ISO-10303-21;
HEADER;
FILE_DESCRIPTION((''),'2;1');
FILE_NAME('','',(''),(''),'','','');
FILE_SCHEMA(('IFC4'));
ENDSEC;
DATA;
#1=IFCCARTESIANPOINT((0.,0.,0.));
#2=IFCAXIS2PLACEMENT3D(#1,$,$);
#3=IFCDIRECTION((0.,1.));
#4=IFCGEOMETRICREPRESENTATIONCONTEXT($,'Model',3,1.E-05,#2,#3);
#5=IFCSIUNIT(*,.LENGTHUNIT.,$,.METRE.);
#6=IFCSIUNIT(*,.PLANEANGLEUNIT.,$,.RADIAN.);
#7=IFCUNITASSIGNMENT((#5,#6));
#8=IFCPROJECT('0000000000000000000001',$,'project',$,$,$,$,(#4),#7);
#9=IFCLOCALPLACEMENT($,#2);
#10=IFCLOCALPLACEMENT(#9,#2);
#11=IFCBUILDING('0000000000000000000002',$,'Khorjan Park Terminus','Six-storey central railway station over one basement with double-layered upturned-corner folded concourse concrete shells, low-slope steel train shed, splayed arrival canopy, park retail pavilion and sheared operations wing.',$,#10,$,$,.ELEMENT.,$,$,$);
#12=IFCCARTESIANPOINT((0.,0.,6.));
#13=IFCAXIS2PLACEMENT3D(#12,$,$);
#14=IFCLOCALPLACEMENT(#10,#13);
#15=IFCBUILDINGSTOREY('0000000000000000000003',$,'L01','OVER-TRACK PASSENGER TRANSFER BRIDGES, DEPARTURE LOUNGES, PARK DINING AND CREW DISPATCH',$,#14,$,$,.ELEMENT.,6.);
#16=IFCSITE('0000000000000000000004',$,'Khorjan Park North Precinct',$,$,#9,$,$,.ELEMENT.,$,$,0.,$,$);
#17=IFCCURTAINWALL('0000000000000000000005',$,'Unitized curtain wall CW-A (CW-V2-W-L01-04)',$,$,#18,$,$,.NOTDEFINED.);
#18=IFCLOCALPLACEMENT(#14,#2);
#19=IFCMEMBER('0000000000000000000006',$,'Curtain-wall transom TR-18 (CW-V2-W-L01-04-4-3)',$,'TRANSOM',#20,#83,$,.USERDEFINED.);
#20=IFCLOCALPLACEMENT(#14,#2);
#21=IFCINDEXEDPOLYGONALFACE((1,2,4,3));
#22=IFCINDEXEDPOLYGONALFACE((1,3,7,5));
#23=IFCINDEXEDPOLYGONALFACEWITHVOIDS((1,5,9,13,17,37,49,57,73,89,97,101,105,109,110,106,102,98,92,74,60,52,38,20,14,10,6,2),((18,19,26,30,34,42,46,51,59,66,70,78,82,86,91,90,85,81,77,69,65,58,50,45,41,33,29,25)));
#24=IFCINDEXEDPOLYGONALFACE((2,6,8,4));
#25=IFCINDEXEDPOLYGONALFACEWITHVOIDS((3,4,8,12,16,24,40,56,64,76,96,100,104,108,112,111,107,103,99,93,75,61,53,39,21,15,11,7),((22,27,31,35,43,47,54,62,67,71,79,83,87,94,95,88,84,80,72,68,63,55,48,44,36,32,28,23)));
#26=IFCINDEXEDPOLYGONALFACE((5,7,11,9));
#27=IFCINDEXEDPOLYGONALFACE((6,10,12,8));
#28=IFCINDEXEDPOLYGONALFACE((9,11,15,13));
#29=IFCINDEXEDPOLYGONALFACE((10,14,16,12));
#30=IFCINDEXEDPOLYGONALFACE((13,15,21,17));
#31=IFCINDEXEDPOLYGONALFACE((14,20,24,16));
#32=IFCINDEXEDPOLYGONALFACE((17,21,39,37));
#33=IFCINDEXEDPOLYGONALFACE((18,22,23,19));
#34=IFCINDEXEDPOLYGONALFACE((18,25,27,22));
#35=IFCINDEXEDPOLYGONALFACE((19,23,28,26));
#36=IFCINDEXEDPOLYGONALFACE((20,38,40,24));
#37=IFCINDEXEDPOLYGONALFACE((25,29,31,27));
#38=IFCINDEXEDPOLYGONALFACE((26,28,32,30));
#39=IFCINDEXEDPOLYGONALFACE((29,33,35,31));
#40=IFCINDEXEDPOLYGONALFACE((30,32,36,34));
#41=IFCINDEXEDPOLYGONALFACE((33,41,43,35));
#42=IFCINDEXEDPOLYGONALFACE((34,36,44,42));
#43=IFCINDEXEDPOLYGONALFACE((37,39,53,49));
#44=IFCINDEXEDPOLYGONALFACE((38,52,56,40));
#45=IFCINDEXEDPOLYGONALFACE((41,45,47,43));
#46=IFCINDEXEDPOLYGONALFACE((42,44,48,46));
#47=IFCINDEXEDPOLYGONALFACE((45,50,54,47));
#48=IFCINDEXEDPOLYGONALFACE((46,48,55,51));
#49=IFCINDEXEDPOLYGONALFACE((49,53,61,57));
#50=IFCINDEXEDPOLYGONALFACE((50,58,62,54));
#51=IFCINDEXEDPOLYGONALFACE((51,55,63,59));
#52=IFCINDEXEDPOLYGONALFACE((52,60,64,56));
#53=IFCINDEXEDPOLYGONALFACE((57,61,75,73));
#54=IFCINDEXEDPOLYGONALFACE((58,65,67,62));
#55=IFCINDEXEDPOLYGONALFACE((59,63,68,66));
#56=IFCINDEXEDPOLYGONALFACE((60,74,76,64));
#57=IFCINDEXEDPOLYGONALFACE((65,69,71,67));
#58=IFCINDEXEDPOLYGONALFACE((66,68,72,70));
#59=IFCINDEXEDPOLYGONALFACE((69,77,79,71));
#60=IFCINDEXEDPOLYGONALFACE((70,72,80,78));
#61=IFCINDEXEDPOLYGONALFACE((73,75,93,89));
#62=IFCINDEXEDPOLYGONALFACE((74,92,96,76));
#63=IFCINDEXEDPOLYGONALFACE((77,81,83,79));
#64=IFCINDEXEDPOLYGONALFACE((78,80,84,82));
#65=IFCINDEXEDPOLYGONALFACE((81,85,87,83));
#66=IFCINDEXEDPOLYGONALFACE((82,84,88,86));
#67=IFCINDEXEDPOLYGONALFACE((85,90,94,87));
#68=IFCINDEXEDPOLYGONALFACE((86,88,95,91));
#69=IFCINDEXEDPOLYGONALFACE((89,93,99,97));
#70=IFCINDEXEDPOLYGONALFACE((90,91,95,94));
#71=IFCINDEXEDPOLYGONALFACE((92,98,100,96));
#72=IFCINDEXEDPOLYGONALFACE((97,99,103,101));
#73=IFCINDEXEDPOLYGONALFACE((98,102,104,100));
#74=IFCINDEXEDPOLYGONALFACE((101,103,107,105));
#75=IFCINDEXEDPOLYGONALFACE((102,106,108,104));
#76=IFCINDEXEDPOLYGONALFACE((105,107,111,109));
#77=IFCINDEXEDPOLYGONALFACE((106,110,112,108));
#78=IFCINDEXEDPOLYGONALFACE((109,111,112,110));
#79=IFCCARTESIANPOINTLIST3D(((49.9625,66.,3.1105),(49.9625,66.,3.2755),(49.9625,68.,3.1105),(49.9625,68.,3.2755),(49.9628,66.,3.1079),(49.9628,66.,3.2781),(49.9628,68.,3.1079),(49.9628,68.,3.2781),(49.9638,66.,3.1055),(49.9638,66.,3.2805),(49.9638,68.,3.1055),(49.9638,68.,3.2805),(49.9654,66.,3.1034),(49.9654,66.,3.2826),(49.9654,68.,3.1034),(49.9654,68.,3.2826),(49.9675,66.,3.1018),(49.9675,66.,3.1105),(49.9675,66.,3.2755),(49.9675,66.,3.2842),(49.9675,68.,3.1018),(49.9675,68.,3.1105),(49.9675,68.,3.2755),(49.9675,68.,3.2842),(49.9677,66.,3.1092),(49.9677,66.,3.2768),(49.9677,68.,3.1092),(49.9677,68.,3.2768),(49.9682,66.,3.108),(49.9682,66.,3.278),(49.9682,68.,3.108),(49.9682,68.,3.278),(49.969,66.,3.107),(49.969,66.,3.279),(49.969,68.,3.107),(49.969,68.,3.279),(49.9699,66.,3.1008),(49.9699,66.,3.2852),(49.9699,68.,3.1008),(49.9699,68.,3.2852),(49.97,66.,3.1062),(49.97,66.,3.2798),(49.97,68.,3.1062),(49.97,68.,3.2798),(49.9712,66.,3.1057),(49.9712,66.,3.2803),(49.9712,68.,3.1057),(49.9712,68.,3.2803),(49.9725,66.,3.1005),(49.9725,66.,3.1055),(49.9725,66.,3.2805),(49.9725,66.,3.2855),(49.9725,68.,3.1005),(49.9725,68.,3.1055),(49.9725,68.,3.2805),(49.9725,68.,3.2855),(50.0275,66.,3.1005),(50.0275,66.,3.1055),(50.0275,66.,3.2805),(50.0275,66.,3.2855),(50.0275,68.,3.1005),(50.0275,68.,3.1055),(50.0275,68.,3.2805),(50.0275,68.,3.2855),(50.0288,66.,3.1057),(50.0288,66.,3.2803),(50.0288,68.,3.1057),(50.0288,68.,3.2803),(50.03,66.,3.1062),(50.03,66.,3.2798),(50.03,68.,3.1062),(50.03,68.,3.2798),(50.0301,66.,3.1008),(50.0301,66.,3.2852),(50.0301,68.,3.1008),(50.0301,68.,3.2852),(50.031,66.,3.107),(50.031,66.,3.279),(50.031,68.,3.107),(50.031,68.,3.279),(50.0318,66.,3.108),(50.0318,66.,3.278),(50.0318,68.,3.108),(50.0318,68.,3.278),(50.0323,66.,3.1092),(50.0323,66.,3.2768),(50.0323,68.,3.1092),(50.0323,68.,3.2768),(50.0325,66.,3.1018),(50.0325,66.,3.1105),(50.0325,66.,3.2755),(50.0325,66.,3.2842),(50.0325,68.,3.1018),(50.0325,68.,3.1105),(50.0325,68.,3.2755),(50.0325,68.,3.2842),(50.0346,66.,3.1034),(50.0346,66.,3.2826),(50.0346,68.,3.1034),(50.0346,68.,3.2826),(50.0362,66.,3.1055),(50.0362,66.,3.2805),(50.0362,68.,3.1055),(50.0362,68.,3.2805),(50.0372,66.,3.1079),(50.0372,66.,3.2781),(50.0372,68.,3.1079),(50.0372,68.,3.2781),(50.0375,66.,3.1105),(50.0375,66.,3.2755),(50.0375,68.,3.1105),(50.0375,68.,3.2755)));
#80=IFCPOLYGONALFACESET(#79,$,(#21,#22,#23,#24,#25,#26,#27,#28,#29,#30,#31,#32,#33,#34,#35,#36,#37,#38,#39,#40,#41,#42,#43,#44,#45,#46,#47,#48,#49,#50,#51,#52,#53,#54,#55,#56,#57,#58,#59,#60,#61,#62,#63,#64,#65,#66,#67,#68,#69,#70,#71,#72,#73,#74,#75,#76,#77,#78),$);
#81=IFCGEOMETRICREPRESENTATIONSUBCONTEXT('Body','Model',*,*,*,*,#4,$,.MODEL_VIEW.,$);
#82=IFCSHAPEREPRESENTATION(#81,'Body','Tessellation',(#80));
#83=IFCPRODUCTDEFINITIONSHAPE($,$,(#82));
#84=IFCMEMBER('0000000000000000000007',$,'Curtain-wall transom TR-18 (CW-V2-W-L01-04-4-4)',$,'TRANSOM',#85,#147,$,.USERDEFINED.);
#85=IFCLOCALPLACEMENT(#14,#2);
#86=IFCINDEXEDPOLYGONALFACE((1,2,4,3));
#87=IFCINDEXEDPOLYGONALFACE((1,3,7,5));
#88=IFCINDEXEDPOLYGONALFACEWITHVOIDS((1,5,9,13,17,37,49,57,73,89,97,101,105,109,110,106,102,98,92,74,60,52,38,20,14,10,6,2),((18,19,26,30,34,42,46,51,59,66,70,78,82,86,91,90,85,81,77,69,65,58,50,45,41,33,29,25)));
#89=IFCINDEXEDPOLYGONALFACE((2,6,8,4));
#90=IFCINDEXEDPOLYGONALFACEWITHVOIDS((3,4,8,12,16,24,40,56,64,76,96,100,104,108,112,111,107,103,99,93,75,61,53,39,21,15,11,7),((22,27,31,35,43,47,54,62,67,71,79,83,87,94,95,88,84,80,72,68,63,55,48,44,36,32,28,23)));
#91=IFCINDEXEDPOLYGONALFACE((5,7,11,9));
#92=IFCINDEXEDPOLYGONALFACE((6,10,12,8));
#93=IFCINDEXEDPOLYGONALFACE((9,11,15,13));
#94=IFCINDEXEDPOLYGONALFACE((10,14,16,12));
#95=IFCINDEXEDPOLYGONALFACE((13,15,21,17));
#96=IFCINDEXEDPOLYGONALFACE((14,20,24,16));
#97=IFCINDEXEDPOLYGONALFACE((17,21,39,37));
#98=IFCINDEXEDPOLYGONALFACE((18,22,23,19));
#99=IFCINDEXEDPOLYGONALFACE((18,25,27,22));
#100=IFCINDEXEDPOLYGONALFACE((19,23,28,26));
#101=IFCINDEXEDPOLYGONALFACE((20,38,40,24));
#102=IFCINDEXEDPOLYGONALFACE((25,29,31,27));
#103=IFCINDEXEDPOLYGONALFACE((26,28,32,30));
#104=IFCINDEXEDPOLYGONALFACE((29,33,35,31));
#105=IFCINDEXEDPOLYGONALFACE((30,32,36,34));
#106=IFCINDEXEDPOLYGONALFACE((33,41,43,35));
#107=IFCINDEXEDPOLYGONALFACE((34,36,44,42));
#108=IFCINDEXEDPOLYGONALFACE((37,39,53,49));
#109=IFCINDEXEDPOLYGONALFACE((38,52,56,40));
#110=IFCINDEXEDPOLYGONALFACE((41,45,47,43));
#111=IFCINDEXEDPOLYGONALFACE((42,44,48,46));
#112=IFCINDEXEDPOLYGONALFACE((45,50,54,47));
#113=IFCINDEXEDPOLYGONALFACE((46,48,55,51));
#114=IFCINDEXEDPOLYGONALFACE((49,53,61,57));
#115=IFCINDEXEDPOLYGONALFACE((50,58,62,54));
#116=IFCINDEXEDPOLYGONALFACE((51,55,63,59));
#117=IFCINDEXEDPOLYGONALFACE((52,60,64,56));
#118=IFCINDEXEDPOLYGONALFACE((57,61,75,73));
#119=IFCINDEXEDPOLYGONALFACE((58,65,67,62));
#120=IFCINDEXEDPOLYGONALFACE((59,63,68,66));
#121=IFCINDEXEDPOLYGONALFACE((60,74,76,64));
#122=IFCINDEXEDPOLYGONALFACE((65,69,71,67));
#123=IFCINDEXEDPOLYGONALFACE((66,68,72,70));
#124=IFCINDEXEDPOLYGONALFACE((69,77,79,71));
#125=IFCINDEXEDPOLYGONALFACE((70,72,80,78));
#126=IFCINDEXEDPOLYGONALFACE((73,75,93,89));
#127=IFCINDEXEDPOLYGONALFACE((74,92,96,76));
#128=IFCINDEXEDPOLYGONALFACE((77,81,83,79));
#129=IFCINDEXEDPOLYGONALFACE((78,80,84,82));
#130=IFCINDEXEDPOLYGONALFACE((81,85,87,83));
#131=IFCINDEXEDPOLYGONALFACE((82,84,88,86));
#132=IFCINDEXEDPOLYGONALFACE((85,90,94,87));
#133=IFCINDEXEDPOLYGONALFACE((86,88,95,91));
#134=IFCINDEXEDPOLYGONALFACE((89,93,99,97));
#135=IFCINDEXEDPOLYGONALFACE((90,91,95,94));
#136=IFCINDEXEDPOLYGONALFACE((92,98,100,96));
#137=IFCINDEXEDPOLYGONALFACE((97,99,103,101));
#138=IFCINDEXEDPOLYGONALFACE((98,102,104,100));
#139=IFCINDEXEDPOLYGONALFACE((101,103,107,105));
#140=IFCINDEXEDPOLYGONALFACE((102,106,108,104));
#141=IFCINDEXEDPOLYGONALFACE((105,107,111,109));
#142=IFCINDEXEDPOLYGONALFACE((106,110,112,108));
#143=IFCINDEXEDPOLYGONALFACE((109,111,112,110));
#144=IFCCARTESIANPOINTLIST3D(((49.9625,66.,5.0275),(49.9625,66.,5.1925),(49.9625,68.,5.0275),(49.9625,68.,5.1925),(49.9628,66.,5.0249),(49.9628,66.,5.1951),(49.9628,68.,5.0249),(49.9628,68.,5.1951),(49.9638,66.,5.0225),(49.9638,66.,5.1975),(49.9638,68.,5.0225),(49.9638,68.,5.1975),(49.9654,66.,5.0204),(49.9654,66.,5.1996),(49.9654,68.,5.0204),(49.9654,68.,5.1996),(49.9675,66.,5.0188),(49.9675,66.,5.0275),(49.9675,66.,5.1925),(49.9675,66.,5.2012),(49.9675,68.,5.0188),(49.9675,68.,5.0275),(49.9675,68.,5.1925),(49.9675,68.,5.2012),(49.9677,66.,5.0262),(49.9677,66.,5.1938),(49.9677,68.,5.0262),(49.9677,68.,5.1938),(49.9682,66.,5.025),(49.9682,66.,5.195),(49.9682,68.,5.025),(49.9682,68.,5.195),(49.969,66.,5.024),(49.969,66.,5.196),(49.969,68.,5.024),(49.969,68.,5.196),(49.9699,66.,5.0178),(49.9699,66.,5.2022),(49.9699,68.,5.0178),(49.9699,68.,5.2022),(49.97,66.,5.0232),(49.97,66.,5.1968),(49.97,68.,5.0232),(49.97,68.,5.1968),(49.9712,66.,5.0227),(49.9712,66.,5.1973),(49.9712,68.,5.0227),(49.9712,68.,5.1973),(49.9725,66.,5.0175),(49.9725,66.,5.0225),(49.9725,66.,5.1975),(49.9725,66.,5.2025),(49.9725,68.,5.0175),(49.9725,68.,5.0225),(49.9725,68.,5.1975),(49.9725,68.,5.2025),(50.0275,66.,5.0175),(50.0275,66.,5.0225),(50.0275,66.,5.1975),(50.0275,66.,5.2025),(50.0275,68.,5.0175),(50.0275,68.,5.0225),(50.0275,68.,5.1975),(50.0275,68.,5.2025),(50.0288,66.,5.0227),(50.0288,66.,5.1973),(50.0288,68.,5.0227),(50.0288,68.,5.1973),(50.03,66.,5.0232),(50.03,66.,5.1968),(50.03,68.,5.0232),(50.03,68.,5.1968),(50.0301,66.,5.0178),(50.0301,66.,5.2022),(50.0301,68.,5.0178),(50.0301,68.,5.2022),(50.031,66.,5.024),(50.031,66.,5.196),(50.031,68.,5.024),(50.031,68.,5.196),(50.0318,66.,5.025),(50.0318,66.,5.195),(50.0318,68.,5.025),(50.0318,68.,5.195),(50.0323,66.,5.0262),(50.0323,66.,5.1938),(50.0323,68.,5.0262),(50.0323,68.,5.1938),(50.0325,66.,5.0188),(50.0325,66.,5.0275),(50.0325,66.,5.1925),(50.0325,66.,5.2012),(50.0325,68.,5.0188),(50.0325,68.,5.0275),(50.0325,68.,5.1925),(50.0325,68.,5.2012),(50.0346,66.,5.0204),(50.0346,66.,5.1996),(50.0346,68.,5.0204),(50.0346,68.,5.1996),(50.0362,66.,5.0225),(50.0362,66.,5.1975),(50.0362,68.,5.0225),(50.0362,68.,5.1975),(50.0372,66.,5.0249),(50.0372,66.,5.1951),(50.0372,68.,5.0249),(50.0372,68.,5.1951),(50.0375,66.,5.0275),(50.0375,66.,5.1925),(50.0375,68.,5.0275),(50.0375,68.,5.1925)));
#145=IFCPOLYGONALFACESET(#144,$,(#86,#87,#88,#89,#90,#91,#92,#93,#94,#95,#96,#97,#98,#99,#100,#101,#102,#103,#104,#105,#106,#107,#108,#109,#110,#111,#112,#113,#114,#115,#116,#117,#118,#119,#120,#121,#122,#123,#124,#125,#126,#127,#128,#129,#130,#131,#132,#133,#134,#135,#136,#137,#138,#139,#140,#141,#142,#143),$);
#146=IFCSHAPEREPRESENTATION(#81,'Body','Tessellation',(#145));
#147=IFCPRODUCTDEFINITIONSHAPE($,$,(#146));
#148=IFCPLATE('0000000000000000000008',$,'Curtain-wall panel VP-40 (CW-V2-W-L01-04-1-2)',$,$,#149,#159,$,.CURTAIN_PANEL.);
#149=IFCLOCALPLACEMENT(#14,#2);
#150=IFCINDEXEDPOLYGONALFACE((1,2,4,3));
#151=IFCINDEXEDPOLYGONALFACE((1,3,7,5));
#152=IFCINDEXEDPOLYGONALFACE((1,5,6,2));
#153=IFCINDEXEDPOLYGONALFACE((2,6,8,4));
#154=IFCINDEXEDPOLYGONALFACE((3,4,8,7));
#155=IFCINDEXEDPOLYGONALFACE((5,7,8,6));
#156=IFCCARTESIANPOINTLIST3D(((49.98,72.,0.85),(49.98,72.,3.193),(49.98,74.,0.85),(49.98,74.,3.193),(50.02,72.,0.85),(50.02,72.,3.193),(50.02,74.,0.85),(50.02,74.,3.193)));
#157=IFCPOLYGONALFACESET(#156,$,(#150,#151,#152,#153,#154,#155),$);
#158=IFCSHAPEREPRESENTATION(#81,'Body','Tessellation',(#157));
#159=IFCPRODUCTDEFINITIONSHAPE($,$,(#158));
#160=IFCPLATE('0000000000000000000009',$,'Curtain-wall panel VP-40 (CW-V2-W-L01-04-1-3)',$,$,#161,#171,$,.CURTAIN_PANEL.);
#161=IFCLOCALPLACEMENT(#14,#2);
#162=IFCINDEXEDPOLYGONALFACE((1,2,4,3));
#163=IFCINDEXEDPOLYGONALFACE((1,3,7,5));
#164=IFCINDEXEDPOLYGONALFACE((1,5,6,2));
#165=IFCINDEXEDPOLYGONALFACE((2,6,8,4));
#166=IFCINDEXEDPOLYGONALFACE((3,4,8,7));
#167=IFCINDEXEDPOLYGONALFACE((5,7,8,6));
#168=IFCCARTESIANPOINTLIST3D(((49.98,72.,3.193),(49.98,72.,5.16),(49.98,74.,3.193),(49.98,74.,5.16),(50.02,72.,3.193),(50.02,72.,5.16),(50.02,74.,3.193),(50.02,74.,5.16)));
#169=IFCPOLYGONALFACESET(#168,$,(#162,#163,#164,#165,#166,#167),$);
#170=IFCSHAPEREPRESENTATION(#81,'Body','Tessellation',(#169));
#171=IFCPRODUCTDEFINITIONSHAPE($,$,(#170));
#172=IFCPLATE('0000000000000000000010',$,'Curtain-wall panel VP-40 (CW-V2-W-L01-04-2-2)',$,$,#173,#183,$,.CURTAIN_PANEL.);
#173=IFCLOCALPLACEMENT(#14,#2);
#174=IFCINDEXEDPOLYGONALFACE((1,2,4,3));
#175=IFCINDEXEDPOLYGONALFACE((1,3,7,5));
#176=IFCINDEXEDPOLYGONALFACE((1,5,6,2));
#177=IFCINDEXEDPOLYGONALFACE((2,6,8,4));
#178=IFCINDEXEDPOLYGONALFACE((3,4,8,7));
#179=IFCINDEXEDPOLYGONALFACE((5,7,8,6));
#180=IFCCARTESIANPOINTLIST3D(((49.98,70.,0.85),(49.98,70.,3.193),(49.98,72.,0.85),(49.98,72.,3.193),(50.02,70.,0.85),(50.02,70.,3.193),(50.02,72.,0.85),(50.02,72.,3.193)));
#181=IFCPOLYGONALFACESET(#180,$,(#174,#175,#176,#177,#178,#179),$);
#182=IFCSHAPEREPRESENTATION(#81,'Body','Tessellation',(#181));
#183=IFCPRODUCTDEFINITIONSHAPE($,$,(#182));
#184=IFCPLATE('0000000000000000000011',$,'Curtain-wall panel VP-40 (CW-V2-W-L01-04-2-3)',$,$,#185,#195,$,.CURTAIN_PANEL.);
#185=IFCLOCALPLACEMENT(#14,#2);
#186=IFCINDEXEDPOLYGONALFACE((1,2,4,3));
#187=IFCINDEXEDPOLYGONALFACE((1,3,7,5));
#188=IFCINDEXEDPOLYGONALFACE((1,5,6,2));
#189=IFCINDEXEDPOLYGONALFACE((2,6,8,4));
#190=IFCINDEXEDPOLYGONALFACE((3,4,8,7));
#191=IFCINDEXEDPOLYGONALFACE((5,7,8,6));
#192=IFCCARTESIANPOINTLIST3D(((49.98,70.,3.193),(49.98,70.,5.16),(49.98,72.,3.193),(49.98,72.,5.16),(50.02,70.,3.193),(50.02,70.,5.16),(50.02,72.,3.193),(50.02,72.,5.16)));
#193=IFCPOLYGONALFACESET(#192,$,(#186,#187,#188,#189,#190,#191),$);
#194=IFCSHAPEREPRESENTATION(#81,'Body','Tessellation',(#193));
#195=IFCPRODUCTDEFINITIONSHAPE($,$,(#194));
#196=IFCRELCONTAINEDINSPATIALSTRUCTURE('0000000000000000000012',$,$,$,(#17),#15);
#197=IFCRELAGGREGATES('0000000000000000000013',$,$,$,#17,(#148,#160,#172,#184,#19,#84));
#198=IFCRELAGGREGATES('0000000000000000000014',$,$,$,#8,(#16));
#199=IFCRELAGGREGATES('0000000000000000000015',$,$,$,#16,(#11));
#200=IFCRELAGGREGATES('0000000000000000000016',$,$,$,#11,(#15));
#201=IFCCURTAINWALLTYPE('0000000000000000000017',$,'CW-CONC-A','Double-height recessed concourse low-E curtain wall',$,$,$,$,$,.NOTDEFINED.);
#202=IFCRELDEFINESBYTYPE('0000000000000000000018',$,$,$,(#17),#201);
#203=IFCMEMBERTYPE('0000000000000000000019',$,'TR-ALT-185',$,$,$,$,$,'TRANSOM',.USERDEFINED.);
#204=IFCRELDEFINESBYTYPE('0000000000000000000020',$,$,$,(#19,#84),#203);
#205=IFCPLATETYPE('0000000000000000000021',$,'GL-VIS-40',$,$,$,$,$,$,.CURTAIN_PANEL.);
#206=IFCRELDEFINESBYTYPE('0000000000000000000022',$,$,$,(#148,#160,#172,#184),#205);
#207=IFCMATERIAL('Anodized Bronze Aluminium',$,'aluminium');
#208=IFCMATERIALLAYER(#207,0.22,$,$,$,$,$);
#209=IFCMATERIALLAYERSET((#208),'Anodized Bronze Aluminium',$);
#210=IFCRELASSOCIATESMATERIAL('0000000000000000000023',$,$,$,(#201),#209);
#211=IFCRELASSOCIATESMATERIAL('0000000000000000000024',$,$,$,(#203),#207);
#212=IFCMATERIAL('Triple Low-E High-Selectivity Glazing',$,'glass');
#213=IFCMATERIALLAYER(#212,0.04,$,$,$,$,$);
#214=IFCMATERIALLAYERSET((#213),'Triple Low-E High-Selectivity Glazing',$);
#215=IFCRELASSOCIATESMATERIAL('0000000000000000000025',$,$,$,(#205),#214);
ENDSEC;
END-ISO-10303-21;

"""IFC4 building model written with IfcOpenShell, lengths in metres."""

from ifc_helpers import new_model, si_unit, direction, frame, origin, origin_2d, place, context, subcontext, project, spatial, rectangle, hollow_rectangle, extrude, material, layer, layer_set, material_profile, profile_set, type_object, element, aggregate, save


model = new_model("IFC4")

# Units and contexts
model_context = context("Model", 3, precision=1e-05, world=origin(), true_north=direction((0.0, 1.0)))
body_context = subcontext(model_context, "Body", "Model", "MODEL_VIEW")
ifc_project = project(units=[si_unit("LENGTHUNIT", "METRE"), si_unit("PLANEANGLEUNIT", "RADIAN")], contexts=[model_context])

# Site, building, storey
site_placement = place(None, origin())
site = spatial("IfcSite", under=ifc_project, at=site_placement, Name="Khorjan Park North Precinct", CompositionType="ELEMENT", RefElevation=0.0)
building_placement = place(site_placement, origin())
building = spatial("IfcBuilding", under=site, at=building_placement, Name="Khorjan Park Terminus", Description="Six-storey central railway station over one basement with double-layered upturned-corner folded concourse concrete shells, low-slope steel train shed, splayed arrival canopy, park retail pavilion and sheared operations wing.", CompositionType="ELEMENT")
storey_placement = place(building_placement, frame((0.0, 0.0, 6.0)))
storey = spatial("IfcBuildingStorey", under=building, at=storey_placement, Name="L01", Description="OVER-TRACK PASSENGER TRANSFER BRIDGES, DEPARTURE LOUNGES, PARK DINING AND CREW DISPATCH", CompositionType="ELEMENT", Elevation=6.0)

# Curtain wall, members, plates
ifc_material_1 = material(Name="Anodized Bronze Aluminium", Category="aluminium")
ifc_layer_1 = layer(ifc_material_1, 0.22)
ifc_layer_set_1 = layer_set([ifc_layer_1], Name="Anodized Bronze Aluminium")
curtain_wall_type = type_object("IfcCurtainWallType", Name="CW-CONC-A", Description="Double-height recessed concourse low-E curtain wall", PredefinedType="NOTDEFINED", material=ifc_layer_set_1)
curtain_wall_placement = place(storey_placement, origin())
curtain_wall = element("IfcCurtainWall", 1, at=curtain_wall_placement, inside=storey, type_object=curtain_wall_type, Name="Unitized curtain wall CW-A (CW-V2-W-L01-04)", PredefinedType="NOTDEFINED")
ifc_material_profile_1 = material_profile(ifc_material_1, hollow_rectangle(XDim=0.075, YDim=0.185, WallThickness=0.005, InnerFilletRadius=0.005, OuterFilletRadius=0.01, at=origin_2d()), Name="ALT 75x185x5")
ifc_profile_set_1 = profile_set([ifc_material_profile_1], Name="Anodized Bronze Aluminium")
member_type_1 = type_object("IfcMemberType", Name="TR-ALT-185", ElementType="TRANSOM", PredefinedType="USERDEFINED", material=ifc_profile_set_1)
member_1_placement = place(storey_placement, frame((50.0, 68.0, 3.193), z_axis=(0.0, -1.0, 0.0), x_axis=(1.0, 0.0, 0.0)))
member_1 = element("IfcMember", 2, at=member_1_placement, type_object=member_type_1, Name="Curtain-wall transom TR-18 (CW-V2-W-L01-04-4-3)", ObjectType="TRANSOM", PredefinedType="USERDEFINED", context=body_context, shape_type="SweptSolid", body=[
    extrude(hollow_rectangle(XDim=0.075, YDim=0.185, WallThickness=0.005, InnerFilletRadius=0.005, OuterFilletRadius=0.01, at=origin_2d()), origin(), (0.0, 0.0, 1.0), 2.0),
])
member_2_placement = place(storey_placement, frame((50.0, 68.0, 5.11), z_axis=(0.0, -1.0, 0.0), x_axis=(1.0, 0.0, 0.0)))
member_2 = element("IfcMember", 3, at=member_2_placement, type_object=member_type_1, Name="Curtain-wall transom TR-18 (CW-V2-W-L01-04-4-4)", ObjectType="TRANSOM", PredefinedType="USERDEFINED", context=body_context, shape_type="SweptSolid", body=[
    extrude(hollow_rectangle(XDim=0.075, YDim=0.185, WallThickness=0.005, InnerFilletRadius=0.005, OuterFilletRadius=0.01, at=origin_2d()), origin(), (0.0, 0.0, 1.0), 2.0),
])
ifc_material_2 = material(Name="Triple Low-E High-Selectivity Glazing", Category="glass")
ifc_layer_2 = layer(ifc_material_2, 0.04)
ifc_layer_set_2 = layer_set([ifc_layer_2], Name="Triple Low-E High-Selectivity Glazing")
plate_type_1 = type_object("IfcPlateType", Name="GL-VIS-40", PredefinedType="CURTAIN_PANEL", material=ifc_layer_set_2)
plate_1_placement = place(storey_placement, frame((50.0, 73.0, 0.85), z_axis=(0.0, 0.0, 1.0), x_axis=(0.0, -1.0, 0.0)))
plate_1 = element("IfcPlate", 4, at=plate_1_placement, type_object=plate_type_1, Name="Curtain-wall panel VP-40 (CW-V2-W-L01-04-1-2)", PredefinedType="CURTAIN_PANEL", context=body_context, shape_type="SweptSolid", body=[
    extrude(rectangle(XDim=2.0, YDim=0.04, at=origin_2d()), origin(), (0.0, 0.0, 1.0), 2.343),
])
plate_2_placement = place(storey_placement, frame((50.0, 73.0, 3.193), z_axis=(0.0, 0.0, 1.0), x_axis=(0.0, -1.0, 0.0)))
plate_2 = element("IfcPlate", 5, at=plate_2_placement, type_object=plate_type_1, Name="Curtain-wall panel VP-40 (CW-V2-W-L01-04-1-3)", PredefinedType="CURTAIN_PANEL", context=body_context, shape_type="SweptSolid", body=[
    extrude(rectangle(XDim=2.0, YDim=0.04, at=origin_2d()), origin(), (0.0, 0.0, 1.0), 1.967),
])
plate_3_placement = place(storey_placement, frame((50.0, 71.0, 0.85), z_axis=(0.0, 0.0, 1.0), x_axis=(0.0, -1.0, 0.0)))
plate_3 = element("IfcPlate", 6, at=plate_3_placement, type_object=plate_type_1, Name="Curtain-wall panel VP-40 (CW-V2-W-L01-04-2-2)", PredefinedType="CURTAIN_PANEL", context=body_context, shape_type="SweptSolid", body=[
    extrude(rectangle(XDim=2.0, YDim=0.04, at=origin_2d()), origin(), (0.0, 0.0, 1.0), 2.343),
])
plate_4_placement = place(storey_placement, frame((50.0, 71.0, 3.193), z_axis=(0.0, 0.0, 1.0), x_axis=(0.0, -1.0, 0.0)))
plate_4 = element("IfcPlate", 7, at=plate_4_placement, type_object=plate_type_1, Name="Curtain-wall panel VP-40 (CW-V2-W-L01-04-2-3)", PredefinedType="CURTAIN_PANEL", context=body_context, shape_type="SweptSolid", body=[
    extrude(rectangle(XDim=2.0, YDim=0.04, at=origin_2d()), origin(), (0.0, 0.0, 1.0), 1.967),
])
aggregate(curtain_wall, [plate_1, plate_2, plate_3, plate_4, member_1, member_2])

save(model, "model.ifc")
